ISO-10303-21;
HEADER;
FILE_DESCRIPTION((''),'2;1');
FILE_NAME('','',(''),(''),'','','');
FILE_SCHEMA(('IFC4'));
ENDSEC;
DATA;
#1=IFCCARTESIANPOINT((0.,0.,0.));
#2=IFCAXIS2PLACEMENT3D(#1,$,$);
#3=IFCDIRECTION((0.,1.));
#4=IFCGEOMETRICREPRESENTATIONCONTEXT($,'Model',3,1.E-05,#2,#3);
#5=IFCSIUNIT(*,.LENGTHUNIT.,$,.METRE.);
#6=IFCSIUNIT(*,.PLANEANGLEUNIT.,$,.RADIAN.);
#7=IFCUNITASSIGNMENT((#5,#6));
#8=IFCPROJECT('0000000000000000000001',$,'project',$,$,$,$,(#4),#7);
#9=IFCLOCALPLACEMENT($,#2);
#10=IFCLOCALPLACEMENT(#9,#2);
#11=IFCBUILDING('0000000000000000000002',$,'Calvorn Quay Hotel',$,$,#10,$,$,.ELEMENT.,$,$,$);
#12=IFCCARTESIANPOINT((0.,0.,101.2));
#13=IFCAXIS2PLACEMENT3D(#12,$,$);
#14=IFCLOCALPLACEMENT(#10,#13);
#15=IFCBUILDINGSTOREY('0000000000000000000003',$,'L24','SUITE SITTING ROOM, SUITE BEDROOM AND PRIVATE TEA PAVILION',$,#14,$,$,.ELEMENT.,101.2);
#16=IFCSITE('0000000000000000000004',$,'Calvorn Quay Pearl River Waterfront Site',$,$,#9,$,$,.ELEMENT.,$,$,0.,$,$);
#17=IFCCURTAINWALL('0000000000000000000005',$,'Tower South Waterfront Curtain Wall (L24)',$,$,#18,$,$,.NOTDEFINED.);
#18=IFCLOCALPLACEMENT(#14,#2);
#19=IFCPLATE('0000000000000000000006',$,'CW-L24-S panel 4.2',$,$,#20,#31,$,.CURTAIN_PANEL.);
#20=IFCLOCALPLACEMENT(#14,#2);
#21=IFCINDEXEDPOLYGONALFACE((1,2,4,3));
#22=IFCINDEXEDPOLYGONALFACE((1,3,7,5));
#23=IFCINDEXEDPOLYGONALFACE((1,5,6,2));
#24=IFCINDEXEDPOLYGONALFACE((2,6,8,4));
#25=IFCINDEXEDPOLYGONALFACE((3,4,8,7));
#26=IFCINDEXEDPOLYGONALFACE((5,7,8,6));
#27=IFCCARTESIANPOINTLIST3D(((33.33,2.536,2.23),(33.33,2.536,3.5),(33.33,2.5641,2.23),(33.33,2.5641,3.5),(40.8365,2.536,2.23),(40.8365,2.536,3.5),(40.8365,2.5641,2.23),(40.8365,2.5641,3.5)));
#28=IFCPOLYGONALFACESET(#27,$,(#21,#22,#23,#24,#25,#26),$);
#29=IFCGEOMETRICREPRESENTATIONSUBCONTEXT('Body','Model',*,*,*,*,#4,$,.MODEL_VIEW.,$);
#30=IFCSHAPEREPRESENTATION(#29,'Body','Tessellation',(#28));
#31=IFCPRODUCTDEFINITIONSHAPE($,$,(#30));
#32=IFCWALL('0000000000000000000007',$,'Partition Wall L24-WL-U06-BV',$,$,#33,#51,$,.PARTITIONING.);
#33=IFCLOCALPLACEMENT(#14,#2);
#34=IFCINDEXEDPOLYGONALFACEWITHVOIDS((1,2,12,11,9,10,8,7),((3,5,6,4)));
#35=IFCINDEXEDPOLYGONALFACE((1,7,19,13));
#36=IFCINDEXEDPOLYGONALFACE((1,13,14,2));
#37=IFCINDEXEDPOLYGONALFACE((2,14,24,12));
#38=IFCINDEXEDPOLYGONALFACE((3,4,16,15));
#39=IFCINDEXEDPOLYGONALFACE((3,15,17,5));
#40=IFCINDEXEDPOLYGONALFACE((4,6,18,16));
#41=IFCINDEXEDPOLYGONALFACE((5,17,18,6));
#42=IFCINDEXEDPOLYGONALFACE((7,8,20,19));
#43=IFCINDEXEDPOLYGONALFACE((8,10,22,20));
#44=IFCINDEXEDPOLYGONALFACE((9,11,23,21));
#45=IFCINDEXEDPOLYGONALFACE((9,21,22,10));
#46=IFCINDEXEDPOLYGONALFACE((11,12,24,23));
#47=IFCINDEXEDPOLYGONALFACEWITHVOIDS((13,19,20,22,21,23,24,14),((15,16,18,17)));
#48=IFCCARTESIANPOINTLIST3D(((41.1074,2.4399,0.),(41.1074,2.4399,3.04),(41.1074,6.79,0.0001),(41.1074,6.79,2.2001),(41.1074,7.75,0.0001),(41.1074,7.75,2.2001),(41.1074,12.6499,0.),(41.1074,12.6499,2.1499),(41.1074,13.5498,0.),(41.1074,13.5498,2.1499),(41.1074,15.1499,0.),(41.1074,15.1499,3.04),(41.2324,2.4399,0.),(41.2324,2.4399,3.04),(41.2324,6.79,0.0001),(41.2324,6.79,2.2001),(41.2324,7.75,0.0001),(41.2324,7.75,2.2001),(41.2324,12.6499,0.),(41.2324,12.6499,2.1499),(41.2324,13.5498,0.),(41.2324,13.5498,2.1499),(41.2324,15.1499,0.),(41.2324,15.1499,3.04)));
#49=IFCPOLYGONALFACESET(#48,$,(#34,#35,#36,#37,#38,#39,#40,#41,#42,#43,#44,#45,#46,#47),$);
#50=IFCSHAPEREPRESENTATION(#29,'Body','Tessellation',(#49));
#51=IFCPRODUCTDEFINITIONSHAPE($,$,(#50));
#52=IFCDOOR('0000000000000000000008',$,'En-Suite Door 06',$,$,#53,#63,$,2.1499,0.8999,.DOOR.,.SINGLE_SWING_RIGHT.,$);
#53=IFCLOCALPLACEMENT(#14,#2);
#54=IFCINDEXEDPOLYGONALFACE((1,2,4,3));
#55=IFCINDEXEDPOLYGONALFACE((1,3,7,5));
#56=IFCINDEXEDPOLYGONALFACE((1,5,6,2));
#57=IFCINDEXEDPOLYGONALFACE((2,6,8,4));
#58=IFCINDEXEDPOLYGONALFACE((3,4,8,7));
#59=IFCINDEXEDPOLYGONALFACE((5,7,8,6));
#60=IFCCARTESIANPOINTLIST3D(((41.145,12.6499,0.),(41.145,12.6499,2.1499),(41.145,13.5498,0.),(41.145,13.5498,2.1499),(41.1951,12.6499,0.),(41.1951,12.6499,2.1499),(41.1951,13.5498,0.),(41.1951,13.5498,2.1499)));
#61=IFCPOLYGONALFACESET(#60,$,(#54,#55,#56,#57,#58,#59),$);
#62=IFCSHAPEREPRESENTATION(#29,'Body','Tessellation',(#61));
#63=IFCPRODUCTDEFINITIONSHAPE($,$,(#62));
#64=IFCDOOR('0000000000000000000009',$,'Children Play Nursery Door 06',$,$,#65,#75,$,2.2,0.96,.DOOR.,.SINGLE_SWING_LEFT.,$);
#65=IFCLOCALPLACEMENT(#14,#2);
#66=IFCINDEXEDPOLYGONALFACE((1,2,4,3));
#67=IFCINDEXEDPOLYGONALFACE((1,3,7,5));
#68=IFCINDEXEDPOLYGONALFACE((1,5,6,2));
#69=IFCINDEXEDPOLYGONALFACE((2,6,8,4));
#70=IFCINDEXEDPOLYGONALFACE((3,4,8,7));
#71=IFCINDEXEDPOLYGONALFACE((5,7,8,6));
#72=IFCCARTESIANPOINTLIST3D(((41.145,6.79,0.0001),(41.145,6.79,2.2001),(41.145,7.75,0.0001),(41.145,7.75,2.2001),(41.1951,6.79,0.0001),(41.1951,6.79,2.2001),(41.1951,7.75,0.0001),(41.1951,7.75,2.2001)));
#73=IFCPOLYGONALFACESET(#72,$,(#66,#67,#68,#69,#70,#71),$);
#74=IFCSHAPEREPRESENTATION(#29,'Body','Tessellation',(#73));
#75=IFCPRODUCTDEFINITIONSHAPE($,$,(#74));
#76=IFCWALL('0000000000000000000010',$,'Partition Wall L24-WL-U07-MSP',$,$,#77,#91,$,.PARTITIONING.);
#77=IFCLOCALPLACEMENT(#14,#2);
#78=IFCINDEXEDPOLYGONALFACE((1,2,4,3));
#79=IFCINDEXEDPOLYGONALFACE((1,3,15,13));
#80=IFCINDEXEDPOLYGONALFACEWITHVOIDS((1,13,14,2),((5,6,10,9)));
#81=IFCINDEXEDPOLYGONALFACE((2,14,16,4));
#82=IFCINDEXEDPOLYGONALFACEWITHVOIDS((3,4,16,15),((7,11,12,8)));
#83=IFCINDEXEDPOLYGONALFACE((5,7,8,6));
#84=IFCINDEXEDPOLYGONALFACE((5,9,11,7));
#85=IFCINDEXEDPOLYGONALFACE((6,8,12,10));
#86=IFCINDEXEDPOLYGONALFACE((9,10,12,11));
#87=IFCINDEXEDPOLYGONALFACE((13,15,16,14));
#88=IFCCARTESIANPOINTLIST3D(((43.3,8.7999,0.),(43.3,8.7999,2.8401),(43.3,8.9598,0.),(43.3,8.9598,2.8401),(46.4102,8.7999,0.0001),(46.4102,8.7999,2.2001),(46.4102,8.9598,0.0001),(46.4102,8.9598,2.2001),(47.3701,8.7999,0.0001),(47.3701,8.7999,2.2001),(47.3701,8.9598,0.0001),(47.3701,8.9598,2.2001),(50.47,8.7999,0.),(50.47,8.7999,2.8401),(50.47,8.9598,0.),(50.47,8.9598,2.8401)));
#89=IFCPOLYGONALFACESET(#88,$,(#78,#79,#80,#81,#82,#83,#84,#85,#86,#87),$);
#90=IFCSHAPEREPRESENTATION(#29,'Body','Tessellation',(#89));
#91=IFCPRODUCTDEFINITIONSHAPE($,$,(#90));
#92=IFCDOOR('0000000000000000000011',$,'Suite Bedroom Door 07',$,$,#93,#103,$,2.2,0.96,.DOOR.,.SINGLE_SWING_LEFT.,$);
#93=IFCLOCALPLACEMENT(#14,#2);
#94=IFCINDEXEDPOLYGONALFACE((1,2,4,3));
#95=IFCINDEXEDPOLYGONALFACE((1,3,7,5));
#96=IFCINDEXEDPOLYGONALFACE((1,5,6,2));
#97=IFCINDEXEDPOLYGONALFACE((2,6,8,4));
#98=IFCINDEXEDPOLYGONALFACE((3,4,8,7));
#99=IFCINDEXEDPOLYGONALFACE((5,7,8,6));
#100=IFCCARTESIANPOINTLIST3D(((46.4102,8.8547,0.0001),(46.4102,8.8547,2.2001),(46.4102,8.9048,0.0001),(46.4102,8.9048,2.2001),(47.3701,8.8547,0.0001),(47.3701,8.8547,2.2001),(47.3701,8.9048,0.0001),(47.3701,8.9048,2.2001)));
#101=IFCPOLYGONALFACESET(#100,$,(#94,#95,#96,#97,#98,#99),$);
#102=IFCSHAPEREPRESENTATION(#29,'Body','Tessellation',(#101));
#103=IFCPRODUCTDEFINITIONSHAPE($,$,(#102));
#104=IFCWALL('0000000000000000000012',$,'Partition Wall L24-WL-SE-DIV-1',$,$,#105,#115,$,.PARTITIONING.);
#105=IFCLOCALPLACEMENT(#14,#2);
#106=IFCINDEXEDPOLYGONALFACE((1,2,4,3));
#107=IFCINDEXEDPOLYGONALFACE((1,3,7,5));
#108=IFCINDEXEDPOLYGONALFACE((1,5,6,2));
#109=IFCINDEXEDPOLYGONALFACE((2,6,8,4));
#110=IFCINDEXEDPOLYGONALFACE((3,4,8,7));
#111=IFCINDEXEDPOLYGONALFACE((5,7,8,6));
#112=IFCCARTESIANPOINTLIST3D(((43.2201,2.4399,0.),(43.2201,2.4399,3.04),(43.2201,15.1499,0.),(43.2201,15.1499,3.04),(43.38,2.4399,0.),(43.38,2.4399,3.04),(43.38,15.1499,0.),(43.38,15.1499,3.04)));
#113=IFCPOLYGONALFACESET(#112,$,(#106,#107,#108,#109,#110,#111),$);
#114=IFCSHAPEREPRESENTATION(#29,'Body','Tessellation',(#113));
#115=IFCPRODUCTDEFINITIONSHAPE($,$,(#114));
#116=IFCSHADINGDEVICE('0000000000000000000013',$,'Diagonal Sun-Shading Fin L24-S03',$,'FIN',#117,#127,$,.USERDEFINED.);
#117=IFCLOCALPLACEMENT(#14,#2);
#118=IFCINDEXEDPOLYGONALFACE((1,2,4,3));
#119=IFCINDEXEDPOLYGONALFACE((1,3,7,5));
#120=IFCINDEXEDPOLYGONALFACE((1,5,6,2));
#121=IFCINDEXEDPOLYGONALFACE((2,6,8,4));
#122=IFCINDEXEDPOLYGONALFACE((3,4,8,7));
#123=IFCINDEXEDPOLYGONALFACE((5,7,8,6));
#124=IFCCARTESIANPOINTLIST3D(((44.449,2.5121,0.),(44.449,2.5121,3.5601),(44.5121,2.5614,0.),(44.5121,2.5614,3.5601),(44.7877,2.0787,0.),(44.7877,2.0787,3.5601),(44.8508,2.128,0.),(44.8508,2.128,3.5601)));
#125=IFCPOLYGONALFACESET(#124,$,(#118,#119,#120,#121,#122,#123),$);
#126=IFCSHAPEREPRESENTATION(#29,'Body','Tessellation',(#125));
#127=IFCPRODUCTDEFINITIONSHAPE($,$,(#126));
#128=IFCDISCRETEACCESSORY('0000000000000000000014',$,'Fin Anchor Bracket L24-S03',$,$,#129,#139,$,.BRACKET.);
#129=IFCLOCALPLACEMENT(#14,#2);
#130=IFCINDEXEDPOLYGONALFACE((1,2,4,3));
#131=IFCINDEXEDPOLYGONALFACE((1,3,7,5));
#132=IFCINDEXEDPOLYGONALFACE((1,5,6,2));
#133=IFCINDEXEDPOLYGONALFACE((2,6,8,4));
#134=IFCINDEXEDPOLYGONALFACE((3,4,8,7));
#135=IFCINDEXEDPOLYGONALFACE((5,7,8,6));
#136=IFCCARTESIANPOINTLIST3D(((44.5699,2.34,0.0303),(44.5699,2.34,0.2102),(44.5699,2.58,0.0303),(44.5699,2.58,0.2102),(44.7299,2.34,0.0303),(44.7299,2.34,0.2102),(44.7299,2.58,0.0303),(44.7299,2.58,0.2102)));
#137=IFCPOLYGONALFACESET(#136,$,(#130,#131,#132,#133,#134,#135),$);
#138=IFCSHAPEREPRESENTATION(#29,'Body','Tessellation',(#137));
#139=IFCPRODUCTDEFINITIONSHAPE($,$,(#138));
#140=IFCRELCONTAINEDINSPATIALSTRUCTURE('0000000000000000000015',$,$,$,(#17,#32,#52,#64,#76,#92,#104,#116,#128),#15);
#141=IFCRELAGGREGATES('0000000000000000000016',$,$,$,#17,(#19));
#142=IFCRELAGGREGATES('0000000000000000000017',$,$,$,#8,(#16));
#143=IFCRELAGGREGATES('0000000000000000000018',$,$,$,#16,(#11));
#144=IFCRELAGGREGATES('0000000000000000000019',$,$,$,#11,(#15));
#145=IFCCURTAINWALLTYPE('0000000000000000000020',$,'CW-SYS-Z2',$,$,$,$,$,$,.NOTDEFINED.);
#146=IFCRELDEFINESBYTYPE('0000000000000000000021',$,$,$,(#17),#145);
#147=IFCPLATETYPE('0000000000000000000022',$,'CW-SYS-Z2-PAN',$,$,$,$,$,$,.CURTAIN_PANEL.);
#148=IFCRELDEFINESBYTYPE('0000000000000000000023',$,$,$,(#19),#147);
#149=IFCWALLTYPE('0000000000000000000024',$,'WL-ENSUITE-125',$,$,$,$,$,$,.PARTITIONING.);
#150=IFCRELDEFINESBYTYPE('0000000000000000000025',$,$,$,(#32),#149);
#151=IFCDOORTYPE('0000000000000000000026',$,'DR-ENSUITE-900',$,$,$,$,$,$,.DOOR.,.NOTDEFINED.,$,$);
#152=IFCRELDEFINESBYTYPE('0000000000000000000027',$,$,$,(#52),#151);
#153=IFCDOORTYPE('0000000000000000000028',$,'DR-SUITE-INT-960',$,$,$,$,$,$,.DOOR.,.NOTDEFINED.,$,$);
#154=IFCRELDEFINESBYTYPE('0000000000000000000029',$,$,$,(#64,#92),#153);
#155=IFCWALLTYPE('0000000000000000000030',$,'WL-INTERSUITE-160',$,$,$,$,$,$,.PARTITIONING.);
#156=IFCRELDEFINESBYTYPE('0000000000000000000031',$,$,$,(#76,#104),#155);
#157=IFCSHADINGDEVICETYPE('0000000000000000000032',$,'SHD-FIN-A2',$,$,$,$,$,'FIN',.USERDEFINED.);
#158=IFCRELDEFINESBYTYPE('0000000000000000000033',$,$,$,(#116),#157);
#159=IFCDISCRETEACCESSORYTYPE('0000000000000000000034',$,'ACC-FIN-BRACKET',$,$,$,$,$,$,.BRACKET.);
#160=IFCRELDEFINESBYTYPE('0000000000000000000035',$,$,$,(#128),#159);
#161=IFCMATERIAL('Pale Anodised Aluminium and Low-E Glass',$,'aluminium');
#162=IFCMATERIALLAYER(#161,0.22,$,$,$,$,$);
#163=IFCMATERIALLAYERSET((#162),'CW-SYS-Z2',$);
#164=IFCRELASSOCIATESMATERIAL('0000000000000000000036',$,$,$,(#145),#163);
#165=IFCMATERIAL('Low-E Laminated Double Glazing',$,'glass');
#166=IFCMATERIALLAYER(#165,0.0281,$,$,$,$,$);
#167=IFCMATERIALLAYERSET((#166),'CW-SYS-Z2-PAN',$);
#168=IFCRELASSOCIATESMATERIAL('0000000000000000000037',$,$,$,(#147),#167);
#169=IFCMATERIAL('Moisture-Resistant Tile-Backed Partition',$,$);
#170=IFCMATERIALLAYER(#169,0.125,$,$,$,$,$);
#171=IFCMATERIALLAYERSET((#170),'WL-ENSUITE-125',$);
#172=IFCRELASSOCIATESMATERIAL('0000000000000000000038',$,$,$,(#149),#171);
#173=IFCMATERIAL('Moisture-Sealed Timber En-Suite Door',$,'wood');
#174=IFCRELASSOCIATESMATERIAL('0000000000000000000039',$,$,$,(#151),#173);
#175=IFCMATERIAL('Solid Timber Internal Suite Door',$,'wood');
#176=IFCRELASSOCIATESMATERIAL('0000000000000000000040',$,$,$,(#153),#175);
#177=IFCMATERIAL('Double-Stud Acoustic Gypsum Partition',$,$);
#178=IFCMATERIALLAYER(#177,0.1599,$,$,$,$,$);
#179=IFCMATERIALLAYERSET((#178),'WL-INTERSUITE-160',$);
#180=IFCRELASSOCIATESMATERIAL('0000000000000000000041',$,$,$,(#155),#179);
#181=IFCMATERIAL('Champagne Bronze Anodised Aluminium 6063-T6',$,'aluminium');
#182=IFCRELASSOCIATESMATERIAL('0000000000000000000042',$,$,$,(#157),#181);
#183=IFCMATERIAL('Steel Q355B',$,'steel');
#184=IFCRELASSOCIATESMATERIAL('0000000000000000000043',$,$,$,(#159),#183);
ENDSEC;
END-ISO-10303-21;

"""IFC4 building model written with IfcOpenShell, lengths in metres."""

from ifc_helpers import new_model, si_unit, direction, frame, frame_2d, origin, origin_2d, place, context, subcontext, project, spatial, rectangle, extrude, material, layer, layer_set, type_object, element, fill, aggregate, save


model = new_model("IFC4")

# Units and contexts
model_context = context("Model", 3, precision=1e-05, world=origin(), true_north=direction((0.0, 1.0)))
body_context = subcontext(model_context, "Body", "Model", "MODEL_VIEW")
ifc_project = project(units=[si_unit("LENGTHUNIT", "METRE"), si_unit("PLANEANGLEUNIT", "RADIAN")], contexts=[model_context])

# Site, building, storey
site_placement = place(None, origin())
site = spatial("IfcSite", under=ifc_project, at=site_placement, Name="Calvorn Quay Pearl River Waterfront Site", CompositionType="ELEMENT", RefElevation=0.0)
building_placement = place(site_placement, origin())
building = spatial("IfcBuilding", under=site, at=building_placement, Name="Calvorn Quay Hotel", CompositionType="ELEMENT")
storey_placement = place(building_placement, frame((0.0, 0.0, 101.2)))
storey = spatial("IfcBuildingStorey", under=building, at=storey_placement, Name="L24", Description="SUITE SITTING ROOM, SUITE BEDROOM AND PRIVATE TEA PAVILION", CompositionType="ELEMENT", Elevation=101.2)

# Curtain wall, plate
ifc_material_1 = material(Name="Pale Anodised Aluminium and Low-E Glass", Category="aluminium")
ifc_layer_1 = layer(ifc_material_1, 0.22)
ifc_layer_set_1 = layer_set([ifc_layer_1], Name="CW-SYS-Z2")
curtain_wall_type = type_object("IfcCurtainWallType", Name="CW-SYS-Z2", PredefinedType="NOTDEFINED", material=ifc_layer_set_1)
curtain_wall_placement = place(storey_placement, origin())
curtain_wall = element("IfcCurtainWall", 1, at=curtain_wall_placement, inside=storey, type_object=curtain_wall_type, Name="Tower South Waterfront Curtain Wall (L24)", PredefinedType="NOTDEFINED")
ifc_material_2 = material(Name="Low-E Laminated Double Glazing", Category="glass")
ifc_layer_2 = layer(ifc_material_2, 0.0281)
ifc_layer_set_2 = layer_set([ifc_layer_2], Name="CW-SYS-Z2-PAN")
plate_type = type_object("IfcPlateType", Name="CW-SYS-Z2-PAN", PredefinedType="CURTAIN_PANEL", material=ifc_layer_set_2)
plate_1_placement = place(storey_placement, frame((37.0833, 2.55, 2.23), z_axis=(0.0, 0.0, 1.0), x_axis=(1.0, 0.0, 0.0)))
plate_1 = element("IfcPlate", 2, at=plate_1_placement, type_object=plate_type, Name="CW-L24-S panel 4.2", PredefinedType="CURTAIN_PANEL", context=body_context, shape_type="SweptSolid", body=[
    extrude(rectangle(XDim=7.5066, YDim=0.0281, at=origin_2d()), origin(), (0.0, 0.0, 1.0), 1.27),
])
aggregate(curtain_wall, [plate_1])

# Wall, openings, doors
ifc_material_3 = material(Name="Moisture-Resistant Tile-Backed Partition")
ifc_layer_3 = layer(ifc_material_3, 0.125)
ifc_layer_set_3 = layer_set([ifc_layer_3], Name="WL-ENSUITE-125")
wall_type_1 = type_object("IfcWallType", Name="WL-ENSUITE-125", PredefinedType="PARTITIONING", material=ifc_layer_set_3)
wall_1_placement = place(storey_placement, frame((41.1699, 2.4399, 0.0), z_axis=(0.0, 0.0, 1.0), x_axis=(0.0, 1.0, 0.0)))
wall_1 = element("IfcWall", 3, at=wall_1_placement, inside=storey, type_object=wall_type_1, Name="Partition Wall L24-WL-U06-BV", PredefinedType="PARTITIONING", context=body_context, shape_type="SweptSolid", body=[
    extrude(rectangle(XDim=12.71, YDim=0.125, at=frame_2d((6.355, 0.0))), origin(), (0.0, 0.0, 1.0), 3.04),
])
opening_1_placement = place(wall_1_placement, frame((4.3501, 0.0, 0.0)))
opening_1 = element("IfcOpeningElement", 4, at=opening_1_placement, cuts=wall_1, PredefinedType="OPENING", context=body_context, shape_type="SweptSolid", body=[
    extrude(rectangle(XDim=0.96, YDim=2.2, at=frame_2d((0.48, 1.1001))), frame((0.0, 0.0725, 0.0), z_axis=(0.0, -1.0, 0.0), x_axis=(1.0, 0.0, 0.0)), (0.0, 0.0, 1.0), 0.145),
])
opening_2_placement = place(wall_1_placement, frame((10.21, 0.0, 0.0)))
opening_2 = element("IfcOpeningElement", 5, at=opening_2_placement, cuts=wall_1, PredefinedType="OPENING", context=body_context, shape_type="SweptSolid", body=[
    extrude(rectangle(XDim=0.8999, YDim=2.1499, at=frame_2d((0.45, 1.075))), frame((0.0, 0.0725, 0.0), z_axis=(0.0, -1.0, 0.0), x_axis=(1.0, 0.0, 0.0)), (0.0, 0.0, 1.0), 0.145),
])
ifc_material_4 = material(Name="Moisture-Sealed Timber En-Suite Door", Category="wood")
door_type_1 = type_object("IfcDoorType", Name="DR-ENSUITE-900", OperationType="NOTDEFINED", PredefinedType="DOOR", material=ifc_material_4)
door_1_placement = place(opening_2_placement, origin())
door_1 = element("IfcDoor", 6, at=door_1_placement, inside=storey, type_object=door_type_1, Name="En-Suite Door 06", OperationType="SINGLE_SWING_RIGHT", OverallHeight=2.1499, OverallWidth=0.8999, PredefinedType="DOOR", context=body_context, shape_type="SweptSolid", body=[
    extrude(rectangle(XDim=0.8999, YDim=2.1499, at=frame_2d((0.45, 1.075))), frame((0.0, 0.0249, 0.0), z_axis=(0.0, -1.0, 0.0), x_axis=(1.0, 0.0, 0.0)), (0.0, 0.0, 1.0), 0.05),
])
fill(opening_2, door_1)
ifc_material_5 = material(Name="Solid Timber Internal Suite Door", Category="wood")
door_type_2 = type_object("IfcDoorType", Name="DR-SUITE-INT-960", OperationType="NOTDEFINED", PredefinedType="DOOR", material=ifc_material_5)
door_2_placement = place(opening_1_placement, origin())
door_2 = element("IfcDoor", 7, at=door_2_placement, inside=storey, type_object=door_type_2, Name="Children Play Nursery Door 06", OperationType="SINGLE_SWING_LEFT", OverallHeight=2.2, OverallWidth=0.96, PredefinedType="DOOR", context=body_context, shape_type="SweptSolid", body=[
    extrude(rectangle(XDim=0.96, YDim=2.2, at=frame_2d((0.48, 1.1001))), frame((0.0, 0.0249, 0.0), z_axis=(0.0, -1.0, 0.0), x_axis=(1.0, 0.0, 0.0)), (0.0, 0.0, 1.0), 0.05),
])
fill(opening_1, door_2)

# Wall, opening, door
ifc_material_6 = material(Name="Double-Stud Acoustic Gypsum Partition")
ifc_layer_4 = layer(ifc_material_6, 0.1599)
ifc_layer_set_4 = layer_set([ifc_layer_4], Name="WL-INTERSUITE-160")
wall_type_2 = type_object("IfcWallType", Name="WL-INTERSUITE-160", PredefinedType="PARTITIONING", material=ifc_layer_set_4)
wall_2_placement = place(storey_placement, frame((43.3, 8.8799, 0.0), z_axis=(0.0, 0.0, 1.0), x_axis=(1.0, 0.0, 0.0)))
wall_2 = element("IfcWall", 8, at=wall_2_placement, inside=storey, type_object=wall_type_2, Name="Partition Wall L24-WL-U07-MSP", PredefinedType="PARTITIONING", context=body_context, shape_type="SweptSolid", body=[
    extrude(rectangle(XDim=7.1699, YDim=0.1599, at=frame_2d((3.585, 0.0))), origin(), (0.0, 0.0, 1.0), 2.8401),
])
opening_3_placement = place(wall_2_placement, frame((3.1101, 0.0, 0.0)))
opening_3 = element("IfcOpeningElement", 9, at=opening_3_placement, cuts=wall_2, PredefinedType="OPENING", context=body_context, shape_type="SweptSolid", body=[
    extrude(rectangle(XDim=0.96, YDim=2.2, at=frame_2d((0.48, 1.1001))), frame((0.0, 0.0898, 0.0), z_axis=(0.0, -1.0, 0.0), x_axis=(1.0, 0.0, 0.0)), (0.0, 0.0, 1.0), 0.1799),
])
door_3_placement = place(opening_3_placement, origin())
door_3 = element("IfcDoor", 10, at=door_3_placement, inside=storey, type_object=door_type_2, Name="Suite Bedroom Door 07", OperationType="SINGLE_SWING_LEFT", OverallHeight=2.2, OverallWidth=0.96, PredefinedType="DOOR", context=body_context, shape_type="SweptSolid", body=[
    extrude(rectangle(XDim=0.96, YDim=2.2, at=frame_2d((0.48, 1.1001))), frame((0.0, 0.0249, 0.0), z_axis=(0.0, -1.0, 0.0), x_axis=(1.0, 0.0, 0.0)), (0.0, 0.0, 1.0), 0.05),
])
fill(opening_3, door_3)

# Wall
wall_3_placement = place(storey_placement, frame((43.3, 2.4399, 0.0), z_axis=(0.0, 0.0, 1.0), x_axis=(0.0, 1.0, 0.0)))
element("IfcWall", 11, at=wall_3_placement, inside=storey, type_object=wall_type_2, Name="Partition Wall L24-WL-SE-DIV-1", PredefinedType="PARTITIONING", context=body_context, shape_type="SweptSolid", body=[
    extrude(rectangle(XDim=12.71, YDim=0.1599, at=frame_2d((6.355, 0.0))), origin(), (0.0, 0.0, 1.0), 3.04),
])

# Shading device
ifc_material_7 = material(Name="Champagne Bronze Anodised Aluminium 6063-T6", Category="aluminium")
shading_device_type = type_object("IfcShadingDeviceType", Name="SHD-FIN-A2", ElementType="FIN", PredefinedType="USERDEFINED", material=ifc_material_7)
shading_device_placement = place(storey_placement, frame((44.6499, 2.3201, 0.0), z_axis=(0.0, 0.0, 1.0), x_axis=(-0.615661, 0.788011, 0.0)))
element("IfcShadingDevice", 12, at=shading_device_placement, inside=storey, type_object=shading_device_type, Name="Diagonal Sun-Shading Fin L24-S03", ObjectType="FIN", PredefinedType="USERDEFINED", context=body_context, shape_type="SweptSolid", body=[
    extrude(rectangle(XDim=0.55, YDim=0.0801, at=origin_2d()), origin(), (0.0, 0.0, 1.0), 3.5601),
])

# Discrete accessory
ifc_material_8 = material(Name="Steel Q355B", Category="steel")
discrete_accessory_type = type_object("IfcDiscreteAccessoryType", Name="ACC-FIN-BRACKET", PredefinedType="BRACKET", material=ifc_material_8)
discrete_accessory_placement = place(storey_placement, frame((44.6499, 2.46, 0.0303), z_axis=(0.0, 0.0, 1.0), x_axis=(0.0, 1.0, 0.0)))
element("IfcDiscreteAccessory", 13, at=discrete_accessory_placement, inside=storey, type_object=discrete_accessory_type, Name="Fin Anchor Bracket L24-S03", PredefinedType="BRACKET", context=body_context, shape_type="SweptSolid", body=[
    extrude(rectangle(XDim=0.24, YDim=0.1599, at=origin_2d()), origin(), (0.0, 0.0, 1.0), 0.1799),
])

save(model, "model.ifc")
